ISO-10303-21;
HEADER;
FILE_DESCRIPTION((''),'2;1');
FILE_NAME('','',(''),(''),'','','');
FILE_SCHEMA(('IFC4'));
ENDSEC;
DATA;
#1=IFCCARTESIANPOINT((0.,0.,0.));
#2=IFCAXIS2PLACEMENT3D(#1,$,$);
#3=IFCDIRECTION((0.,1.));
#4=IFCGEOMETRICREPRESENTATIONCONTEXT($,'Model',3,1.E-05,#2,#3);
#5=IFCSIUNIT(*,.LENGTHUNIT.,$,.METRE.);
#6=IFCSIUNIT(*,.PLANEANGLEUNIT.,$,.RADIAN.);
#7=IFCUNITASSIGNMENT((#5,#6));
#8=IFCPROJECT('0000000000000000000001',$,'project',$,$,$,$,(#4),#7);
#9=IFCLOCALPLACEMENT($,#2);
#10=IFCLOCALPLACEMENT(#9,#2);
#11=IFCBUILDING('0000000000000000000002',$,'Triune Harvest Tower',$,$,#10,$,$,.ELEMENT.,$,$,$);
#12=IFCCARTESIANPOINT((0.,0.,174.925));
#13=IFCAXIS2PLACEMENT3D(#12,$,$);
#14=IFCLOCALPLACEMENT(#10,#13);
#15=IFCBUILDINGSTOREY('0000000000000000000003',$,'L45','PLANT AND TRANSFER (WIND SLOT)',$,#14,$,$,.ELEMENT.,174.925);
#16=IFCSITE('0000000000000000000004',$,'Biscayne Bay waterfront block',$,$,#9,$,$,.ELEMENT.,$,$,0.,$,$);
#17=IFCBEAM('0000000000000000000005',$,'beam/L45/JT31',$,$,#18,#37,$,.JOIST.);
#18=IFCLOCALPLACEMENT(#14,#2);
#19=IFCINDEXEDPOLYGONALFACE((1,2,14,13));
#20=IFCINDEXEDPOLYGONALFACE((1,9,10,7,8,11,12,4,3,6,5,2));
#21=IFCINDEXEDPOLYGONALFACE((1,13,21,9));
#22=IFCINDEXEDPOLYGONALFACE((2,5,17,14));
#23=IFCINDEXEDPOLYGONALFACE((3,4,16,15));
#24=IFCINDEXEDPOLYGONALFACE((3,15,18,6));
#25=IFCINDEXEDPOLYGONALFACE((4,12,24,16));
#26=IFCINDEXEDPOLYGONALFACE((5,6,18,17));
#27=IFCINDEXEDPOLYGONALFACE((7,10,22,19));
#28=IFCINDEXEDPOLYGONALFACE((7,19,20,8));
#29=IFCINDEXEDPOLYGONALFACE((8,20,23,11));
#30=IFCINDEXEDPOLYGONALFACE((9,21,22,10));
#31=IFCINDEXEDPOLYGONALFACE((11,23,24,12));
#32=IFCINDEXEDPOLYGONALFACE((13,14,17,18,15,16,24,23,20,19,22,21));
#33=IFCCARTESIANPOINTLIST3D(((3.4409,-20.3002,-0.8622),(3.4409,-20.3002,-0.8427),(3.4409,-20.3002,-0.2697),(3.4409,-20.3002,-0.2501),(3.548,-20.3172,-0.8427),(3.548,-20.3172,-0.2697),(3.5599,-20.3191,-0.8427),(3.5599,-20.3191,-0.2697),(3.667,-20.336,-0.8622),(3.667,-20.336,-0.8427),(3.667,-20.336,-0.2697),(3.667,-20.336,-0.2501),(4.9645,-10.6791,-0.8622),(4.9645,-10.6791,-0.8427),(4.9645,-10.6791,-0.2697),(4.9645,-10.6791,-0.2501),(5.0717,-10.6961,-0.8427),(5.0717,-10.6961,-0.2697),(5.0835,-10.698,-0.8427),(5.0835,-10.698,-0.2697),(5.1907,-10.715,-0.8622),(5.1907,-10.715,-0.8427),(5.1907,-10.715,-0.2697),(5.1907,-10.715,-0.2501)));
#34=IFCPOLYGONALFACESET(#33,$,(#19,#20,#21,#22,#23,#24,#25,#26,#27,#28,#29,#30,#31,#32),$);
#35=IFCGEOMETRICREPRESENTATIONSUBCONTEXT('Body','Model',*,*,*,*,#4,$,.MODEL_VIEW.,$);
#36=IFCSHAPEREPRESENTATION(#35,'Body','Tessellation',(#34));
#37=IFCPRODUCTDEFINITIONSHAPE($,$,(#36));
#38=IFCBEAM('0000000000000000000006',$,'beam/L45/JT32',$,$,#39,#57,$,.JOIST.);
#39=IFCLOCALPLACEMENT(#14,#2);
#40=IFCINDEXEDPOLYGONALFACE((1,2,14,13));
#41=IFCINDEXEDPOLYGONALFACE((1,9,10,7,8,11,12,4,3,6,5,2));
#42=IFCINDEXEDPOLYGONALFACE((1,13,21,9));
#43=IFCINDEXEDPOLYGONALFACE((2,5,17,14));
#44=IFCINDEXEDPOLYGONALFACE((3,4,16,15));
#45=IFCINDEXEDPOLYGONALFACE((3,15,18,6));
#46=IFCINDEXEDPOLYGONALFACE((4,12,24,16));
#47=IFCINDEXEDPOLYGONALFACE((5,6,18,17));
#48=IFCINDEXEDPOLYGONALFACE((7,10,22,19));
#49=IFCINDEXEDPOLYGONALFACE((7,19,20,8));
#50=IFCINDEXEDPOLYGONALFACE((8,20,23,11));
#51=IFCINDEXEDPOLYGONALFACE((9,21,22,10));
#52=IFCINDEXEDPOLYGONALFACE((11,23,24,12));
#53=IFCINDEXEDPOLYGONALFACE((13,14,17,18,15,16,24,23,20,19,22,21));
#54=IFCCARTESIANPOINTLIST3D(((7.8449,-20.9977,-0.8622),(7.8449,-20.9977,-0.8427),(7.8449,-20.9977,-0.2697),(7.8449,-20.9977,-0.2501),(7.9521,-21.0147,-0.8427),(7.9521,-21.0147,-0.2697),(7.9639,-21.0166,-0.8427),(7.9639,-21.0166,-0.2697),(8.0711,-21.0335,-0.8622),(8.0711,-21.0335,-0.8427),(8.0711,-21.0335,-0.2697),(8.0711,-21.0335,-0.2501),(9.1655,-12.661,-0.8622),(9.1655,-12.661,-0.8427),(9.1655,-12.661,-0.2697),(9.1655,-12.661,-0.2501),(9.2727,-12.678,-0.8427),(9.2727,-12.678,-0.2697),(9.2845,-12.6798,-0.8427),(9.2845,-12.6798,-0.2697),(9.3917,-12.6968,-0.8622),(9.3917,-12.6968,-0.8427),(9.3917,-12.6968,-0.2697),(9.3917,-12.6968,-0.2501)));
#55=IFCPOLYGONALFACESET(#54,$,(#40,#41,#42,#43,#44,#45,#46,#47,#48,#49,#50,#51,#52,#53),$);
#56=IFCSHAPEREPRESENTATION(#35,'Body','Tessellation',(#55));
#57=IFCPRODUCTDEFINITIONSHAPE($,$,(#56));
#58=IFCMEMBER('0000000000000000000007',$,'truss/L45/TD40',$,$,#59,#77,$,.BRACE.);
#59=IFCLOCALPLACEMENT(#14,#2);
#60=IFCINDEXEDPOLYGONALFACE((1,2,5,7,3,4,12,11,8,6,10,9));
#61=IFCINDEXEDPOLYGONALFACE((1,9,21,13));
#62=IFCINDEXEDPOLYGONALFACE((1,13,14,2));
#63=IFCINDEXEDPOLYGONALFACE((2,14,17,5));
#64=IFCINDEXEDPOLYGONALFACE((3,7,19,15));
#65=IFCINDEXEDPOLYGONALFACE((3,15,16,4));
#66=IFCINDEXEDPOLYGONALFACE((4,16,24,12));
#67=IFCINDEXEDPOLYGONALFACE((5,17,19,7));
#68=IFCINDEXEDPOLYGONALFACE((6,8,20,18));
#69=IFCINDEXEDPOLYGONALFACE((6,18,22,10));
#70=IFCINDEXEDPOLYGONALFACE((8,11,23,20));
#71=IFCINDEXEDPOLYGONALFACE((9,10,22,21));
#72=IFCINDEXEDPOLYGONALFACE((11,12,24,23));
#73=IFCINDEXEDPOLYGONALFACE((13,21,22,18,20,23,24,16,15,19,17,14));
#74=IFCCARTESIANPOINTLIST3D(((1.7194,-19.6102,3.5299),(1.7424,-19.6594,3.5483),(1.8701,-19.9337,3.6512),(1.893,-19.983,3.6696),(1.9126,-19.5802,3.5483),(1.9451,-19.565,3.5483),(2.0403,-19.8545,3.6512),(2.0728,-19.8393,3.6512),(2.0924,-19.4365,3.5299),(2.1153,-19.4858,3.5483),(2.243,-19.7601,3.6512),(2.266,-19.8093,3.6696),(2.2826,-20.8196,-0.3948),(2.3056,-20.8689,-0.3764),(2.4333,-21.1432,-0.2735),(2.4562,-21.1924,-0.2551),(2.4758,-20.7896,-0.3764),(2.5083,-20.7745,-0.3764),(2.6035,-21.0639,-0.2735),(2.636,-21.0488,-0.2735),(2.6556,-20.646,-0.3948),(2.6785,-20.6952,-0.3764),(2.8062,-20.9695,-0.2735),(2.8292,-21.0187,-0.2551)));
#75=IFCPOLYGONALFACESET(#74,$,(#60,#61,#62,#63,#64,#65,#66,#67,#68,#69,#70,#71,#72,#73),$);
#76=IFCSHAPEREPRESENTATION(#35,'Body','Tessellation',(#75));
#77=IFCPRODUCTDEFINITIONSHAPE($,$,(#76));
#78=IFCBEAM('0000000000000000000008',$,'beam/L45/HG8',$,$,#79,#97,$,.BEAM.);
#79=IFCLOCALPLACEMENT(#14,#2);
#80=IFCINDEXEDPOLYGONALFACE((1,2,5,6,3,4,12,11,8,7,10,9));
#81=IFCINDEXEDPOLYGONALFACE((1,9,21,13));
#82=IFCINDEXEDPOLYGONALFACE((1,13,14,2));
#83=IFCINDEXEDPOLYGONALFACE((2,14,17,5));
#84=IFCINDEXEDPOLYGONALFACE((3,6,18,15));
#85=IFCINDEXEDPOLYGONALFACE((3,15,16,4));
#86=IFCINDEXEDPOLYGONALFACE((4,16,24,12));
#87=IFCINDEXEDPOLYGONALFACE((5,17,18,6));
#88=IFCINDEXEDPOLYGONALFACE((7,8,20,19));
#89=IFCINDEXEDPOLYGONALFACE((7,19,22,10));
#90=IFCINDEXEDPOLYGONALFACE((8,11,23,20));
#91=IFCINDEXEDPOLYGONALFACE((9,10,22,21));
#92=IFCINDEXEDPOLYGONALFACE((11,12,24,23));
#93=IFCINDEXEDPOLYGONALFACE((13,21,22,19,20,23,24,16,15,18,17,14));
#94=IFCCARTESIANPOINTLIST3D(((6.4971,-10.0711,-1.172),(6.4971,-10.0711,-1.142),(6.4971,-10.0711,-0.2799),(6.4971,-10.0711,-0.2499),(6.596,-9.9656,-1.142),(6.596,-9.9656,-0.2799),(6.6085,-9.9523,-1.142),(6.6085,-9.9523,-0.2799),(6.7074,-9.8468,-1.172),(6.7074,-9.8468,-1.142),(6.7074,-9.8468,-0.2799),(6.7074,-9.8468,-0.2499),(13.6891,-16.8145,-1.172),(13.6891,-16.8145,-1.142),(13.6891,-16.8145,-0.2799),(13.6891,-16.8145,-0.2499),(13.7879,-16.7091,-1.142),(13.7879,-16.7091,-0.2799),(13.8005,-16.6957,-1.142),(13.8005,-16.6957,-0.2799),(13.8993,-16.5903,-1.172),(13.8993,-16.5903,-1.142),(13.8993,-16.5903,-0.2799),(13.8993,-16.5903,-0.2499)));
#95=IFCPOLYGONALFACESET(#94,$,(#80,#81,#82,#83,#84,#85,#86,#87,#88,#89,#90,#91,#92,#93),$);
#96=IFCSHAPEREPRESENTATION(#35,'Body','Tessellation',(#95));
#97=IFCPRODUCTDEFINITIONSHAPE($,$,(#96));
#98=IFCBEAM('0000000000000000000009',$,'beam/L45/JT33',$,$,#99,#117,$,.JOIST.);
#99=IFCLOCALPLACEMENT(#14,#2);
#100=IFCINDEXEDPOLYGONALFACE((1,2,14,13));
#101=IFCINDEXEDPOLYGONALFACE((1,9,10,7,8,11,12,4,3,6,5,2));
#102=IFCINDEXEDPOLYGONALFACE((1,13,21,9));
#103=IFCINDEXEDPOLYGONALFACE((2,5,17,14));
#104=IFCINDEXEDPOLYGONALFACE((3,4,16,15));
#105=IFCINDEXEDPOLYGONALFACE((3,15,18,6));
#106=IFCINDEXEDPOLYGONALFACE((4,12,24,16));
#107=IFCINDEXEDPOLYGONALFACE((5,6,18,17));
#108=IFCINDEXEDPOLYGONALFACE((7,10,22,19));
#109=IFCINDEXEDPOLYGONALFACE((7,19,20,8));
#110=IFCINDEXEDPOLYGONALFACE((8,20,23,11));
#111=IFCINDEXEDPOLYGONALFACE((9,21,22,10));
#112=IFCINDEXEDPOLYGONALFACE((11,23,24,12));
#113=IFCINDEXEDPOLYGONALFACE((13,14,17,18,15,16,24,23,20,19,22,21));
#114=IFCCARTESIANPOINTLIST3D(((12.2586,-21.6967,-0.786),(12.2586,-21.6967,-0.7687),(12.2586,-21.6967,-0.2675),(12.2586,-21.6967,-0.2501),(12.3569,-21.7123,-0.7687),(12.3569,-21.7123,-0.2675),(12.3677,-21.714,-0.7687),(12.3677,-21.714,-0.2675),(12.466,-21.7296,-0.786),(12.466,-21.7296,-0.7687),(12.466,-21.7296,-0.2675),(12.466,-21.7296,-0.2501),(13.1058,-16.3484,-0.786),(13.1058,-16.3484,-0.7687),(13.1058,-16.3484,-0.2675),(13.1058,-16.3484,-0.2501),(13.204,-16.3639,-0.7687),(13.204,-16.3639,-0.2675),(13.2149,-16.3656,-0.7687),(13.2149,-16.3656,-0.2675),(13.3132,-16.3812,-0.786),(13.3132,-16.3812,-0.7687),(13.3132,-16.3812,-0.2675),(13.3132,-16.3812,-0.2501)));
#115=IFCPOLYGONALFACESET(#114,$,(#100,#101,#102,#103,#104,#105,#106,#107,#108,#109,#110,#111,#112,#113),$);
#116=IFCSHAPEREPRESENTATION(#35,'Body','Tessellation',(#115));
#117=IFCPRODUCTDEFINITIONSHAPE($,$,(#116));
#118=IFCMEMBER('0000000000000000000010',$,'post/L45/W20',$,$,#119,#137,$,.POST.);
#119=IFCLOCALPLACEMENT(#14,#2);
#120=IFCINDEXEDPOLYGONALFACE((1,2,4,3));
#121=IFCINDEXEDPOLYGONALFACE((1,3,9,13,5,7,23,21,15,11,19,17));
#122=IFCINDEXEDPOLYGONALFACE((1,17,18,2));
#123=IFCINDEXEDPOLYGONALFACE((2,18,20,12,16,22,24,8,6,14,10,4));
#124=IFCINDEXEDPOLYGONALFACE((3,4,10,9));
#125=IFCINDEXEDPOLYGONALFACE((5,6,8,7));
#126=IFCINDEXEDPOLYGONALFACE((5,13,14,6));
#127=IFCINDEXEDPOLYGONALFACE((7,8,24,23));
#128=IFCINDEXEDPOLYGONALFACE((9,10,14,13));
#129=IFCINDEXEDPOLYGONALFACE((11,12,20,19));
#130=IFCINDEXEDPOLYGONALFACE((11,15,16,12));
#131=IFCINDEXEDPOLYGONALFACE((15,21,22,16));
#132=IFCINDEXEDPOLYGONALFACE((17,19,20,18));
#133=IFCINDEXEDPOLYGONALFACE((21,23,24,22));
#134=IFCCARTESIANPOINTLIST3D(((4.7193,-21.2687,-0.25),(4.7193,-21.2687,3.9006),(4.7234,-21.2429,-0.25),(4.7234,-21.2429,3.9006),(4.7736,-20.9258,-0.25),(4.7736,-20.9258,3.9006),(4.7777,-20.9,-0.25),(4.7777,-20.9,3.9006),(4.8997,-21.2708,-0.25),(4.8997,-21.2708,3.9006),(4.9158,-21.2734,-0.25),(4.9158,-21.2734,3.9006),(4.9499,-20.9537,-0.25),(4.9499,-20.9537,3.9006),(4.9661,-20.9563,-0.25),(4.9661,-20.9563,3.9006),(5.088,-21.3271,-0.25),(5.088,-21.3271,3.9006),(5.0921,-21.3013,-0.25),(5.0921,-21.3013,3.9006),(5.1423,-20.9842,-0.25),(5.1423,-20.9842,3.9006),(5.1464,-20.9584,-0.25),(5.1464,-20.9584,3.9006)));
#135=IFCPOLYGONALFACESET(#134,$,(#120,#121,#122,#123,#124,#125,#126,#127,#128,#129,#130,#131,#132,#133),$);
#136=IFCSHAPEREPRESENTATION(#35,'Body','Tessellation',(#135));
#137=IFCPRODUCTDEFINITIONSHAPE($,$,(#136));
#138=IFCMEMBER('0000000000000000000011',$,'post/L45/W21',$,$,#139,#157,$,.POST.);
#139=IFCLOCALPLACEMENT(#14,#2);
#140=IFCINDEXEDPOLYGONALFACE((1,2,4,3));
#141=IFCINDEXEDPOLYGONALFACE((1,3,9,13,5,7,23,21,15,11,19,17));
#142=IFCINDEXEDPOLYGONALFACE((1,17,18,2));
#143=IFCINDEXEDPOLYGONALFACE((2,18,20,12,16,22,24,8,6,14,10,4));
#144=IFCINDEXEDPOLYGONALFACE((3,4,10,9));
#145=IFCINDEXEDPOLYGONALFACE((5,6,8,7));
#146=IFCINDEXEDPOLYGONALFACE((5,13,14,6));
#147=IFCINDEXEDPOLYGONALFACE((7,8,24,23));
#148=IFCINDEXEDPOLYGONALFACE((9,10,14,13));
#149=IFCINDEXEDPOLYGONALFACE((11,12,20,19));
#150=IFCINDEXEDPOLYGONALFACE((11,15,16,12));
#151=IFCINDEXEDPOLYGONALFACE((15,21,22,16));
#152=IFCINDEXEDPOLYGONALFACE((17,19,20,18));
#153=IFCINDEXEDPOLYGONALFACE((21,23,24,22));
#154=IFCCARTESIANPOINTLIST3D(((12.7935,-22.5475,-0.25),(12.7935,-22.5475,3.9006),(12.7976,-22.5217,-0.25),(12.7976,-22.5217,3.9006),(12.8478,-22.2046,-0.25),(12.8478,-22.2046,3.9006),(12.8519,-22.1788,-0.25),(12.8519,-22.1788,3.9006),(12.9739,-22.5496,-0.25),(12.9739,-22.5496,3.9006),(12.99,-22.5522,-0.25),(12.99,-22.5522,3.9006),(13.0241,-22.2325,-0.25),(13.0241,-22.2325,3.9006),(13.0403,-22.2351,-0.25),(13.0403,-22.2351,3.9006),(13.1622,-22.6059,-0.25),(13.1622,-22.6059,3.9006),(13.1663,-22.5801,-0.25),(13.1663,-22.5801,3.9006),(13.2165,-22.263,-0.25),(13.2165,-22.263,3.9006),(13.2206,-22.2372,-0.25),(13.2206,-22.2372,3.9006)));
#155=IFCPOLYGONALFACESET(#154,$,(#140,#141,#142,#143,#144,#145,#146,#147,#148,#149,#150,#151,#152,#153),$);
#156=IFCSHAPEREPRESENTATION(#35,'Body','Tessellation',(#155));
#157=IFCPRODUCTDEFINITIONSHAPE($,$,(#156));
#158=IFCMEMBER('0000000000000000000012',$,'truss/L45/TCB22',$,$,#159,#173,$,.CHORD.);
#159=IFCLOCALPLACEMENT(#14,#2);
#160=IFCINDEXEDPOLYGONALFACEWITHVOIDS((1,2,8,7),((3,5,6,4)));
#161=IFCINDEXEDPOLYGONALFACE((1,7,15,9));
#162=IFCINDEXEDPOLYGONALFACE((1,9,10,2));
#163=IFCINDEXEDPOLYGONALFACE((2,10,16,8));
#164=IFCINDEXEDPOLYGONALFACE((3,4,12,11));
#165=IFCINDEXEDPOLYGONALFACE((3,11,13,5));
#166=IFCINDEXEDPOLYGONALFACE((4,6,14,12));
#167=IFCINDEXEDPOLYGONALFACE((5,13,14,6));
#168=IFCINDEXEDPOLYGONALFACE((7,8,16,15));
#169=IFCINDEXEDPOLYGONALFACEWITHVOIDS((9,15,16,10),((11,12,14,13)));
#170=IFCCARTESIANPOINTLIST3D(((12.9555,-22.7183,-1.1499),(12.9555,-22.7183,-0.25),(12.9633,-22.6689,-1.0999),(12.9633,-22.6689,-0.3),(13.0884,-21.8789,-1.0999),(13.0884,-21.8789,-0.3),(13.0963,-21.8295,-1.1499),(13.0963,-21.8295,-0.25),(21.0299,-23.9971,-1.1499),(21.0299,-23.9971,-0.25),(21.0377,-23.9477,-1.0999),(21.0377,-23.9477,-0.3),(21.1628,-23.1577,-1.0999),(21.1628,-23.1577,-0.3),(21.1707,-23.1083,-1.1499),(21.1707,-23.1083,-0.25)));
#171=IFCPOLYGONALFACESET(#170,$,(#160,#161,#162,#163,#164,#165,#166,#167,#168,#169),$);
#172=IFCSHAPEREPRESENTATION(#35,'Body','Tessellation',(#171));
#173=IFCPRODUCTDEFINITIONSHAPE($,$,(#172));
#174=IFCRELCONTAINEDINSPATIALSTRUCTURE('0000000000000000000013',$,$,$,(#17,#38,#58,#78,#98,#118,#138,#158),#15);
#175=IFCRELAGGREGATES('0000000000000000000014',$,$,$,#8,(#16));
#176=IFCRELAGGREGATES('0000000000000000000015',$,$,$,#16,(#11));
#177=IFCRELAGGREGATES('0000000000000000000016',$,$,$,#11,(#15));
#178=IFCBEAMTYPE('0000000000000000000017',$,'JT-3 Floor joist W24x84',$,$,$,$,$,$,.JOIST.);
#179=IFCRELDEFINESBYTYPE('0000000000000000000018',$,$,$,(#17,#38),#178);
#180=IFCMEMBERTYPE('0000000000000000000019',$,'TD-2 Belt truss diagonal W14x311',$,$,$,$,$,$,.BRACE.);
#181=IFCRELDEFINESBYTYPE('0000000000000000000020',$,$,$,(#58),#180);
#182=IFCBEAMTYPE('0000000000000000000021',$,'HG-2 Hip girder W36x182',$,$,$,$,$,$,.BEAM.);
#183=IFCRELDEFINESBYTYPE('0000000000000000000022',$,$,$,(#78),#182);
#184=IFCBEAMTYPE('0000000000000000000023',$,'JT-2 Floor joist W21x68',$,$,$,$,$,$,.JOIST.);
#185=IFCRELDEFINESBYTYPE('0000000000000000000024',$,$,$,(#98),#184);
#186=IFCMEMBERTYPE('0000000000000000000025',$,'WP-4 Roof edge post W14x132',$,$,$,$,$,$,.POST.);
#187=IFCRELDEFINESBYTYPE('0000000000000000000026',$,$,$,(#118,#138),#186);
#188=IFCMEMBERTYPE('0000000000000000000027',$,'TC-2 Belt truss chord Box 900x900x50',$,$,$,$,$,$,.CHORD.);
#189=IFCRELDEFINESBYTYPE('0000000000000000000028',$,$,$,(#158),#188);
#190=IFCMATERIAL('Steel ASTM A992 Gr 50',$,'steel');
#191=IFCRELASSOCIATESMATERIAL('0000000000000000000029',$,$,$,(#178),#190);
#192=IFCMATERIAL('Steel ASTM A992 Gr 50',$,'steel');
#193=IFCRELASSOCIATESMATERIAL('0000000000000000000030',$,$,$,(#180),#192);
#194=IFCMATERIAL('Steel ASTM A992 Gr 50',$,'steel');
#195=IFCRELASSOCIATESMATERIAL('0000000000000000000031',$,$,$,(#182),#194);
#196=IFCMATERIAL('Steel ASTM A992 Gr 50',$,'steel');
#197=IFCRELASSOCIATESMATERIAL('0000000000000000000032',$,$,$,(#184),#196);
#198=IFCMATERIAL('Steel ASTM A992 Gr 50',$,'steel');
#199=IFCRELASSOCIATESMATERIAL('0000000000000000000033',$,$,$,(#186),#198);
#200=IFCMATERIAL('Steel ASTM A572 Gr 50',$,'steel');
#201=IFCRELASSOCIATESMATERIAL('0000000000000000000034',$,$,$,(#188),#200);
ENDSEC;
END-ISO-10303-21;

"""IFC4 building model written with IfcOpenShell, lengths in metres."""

from ifc_helpers import new_model, si_unit, direction, frame, origin, origin_2d, place, context, subcontext, project, spatial, hollow_rectangle, i_section, extrude, source, transform, mapped, material, material_profile, profile_set, type_object, element, save


model = new_model("IFC4")

# Units and contexts
model_context = context("Model", 3, precision=1e-05, world=origin(), true_north=direction((0.0, 1.0)))
body_context = subcontext(model_context, "Body", "Model", "MODEL_VIEW")
ifc_project = project(units=[si_unit("LENGTHUNIT", "METRE"), si_unit("PLANEANGLEUNIT", "RADIAN")], contexts=[model_context])

# Site, building, storey
site_placement = place(None, origin())
site = spatial("IfcSite", under=ifc_project, at=site_placement, Name="Biscayne Bay waterfront block", CompositionType="ELEMENT", RefElevation=0.0)
building_placement = place(site_placement, origin())
building = spatial("IfcBuilding", under=site, at=building_placement, Name="Triune Harvest Tower", CompositionType="ELEMENT")
storey_placement = place(building_placement, frame((0.0, 0.0, 174.925)))
storey = spatial("IfcBuildingStorey", under=building, at=storey_placement, Name="L45", Description="PLANT AND TRANSFER (WIND SLOT)", CompositionType="ELEMENT", Elevation=174.925)

# Beams
ifc_material_1 = material(Name="Steel ASTM A992 Gr 50", Category="steel")
ifc_material_profile_1 = material_profile(ifc_material_1, i_section(OverallWidth=0.229, OverallDepth=0.6121, WebThickness=0.012, FlangeThickness=0.0195, at=origin_2d()), Name="W24x84")
ifc_profile_set_1 = profile_set([ifc_material_profile_1], Name="Steel ASTM A992 Gr 50")
beam_type_1 = type_object("IfcBeamType", Name="JT-3 Floor joist W24x84", PredefinedType="JOIST", material=ifc_profile_set_1)
beam_1_placement = place(storey_placement, frame((3.554, -20.3181, -0.5562), z_axis=(0.156419, 0.987691, 0.0), x_axis=(-0.987691, 0.156419, 0.0)))
element("IfcBeam", 1, at=beam_1_placement, inside=storey, type_object=beam_type_1, Name="beam/L45/JT31", PredefinedType="JOIST", context=body_context, shape_type="SweptSolid", body=[
    extrude(i_section(OverallWidth=0.229, OverallDepth=0.6121, WebThickness=0.012, FlangeThickness=0.0195, at=origin_2d()), origin(), (0.0, 0.0, 1.0), 9.741),
])
beam_2_placement = place(storey_placement, frame((7.958, -21.0156, -0.5562), z_axis=(0.156453, 0.987685, 0.0), x_axis=(-0.987685, 0.156453, 0.0)))
element("IfcBeam", 2, at=beam_2_placement, inside=storey, type_object=beam_type_1, Name="beam/L45/JT32", PredefinedType="JOIST", context=body_context, shape_type="SweptSolid", body=[
    extrude(i_section(OverallWidth=0.229, OverallDepth=0.6121, WebThickness=0.012, FlangeThickness=0.0195, at=origin_2d()), origin(), (0.0, 0.0, 1.0), 8.4407),
])

# Member
ifc_material_2 = material(Name="Steel ASTM A992 Gr 50", Category="steel")
ifc_material_profile_2 = material_profile(ifc_material_2, i_section(OverallWidth=0.4114, OverallDepth=0.4343, WebThickness=0.0359, FlangeThickness=0.0574, at=origin_2d()), Name="W14x311")
ifc_profile_set_2 = profile_set([ifc_material_profile_2], Name="Steel ASTM A992 Gr 50")
member_type_1 = type_object("IfcMemberType", Name="TD-2 Belt truss diagonal W14x311", PredefinedType="BRACE", material=ifc_profile_set_2)
member_1_placement = place(storey_placement, frame((2.5559, -20.9192, -0.325), z_axis=(-0.13587, 0.291764, 0.946791), x_axis=(-0.906524, -0.422154, 0.0)))
element("IfcMember", 3, at=member_1_placement, inside=storey, type_object=member_type_1, Name="truss/L45/TD40", PredefinedType="BRACE", context=body_context, shape_type="SweptSolid", body=[
    extrude(i_section(OverallWidth=0.4114, OverallDepth=0.4343, WebThickness=0.0359, FlangeThickness=0.0574, at=origin_2d()), origin(), (0.0, 0.0, 1.0), 4.1453),
])

# Beams
ifc_material_3 = material(Name="Steel ASTM A992 Gr 50", Category="steel")
ifc_material_profile_3 = material_profile(ifc_material_3, i_section(OverallWidth=0.3074, OverallDepth=0.9221, WebThickness=0.0183, FlangeThickness=0.03, at=origin_2d()), Name="W36x182")
ifc_profile_set_3 = profile_set([ifc_material_profile_3], Name="Steel ASTM A992 Gr 50")
beam_type_2 = type_object("IfcBeamType", Name="HG-2 Hip girder W36x182", PredefinedType="BEAM", material=ifc_profile_set_3)
shared_shape_1 = source(origin(), body_context, "Body", "SweptSolid", [
    extrude(i_section(OverallWidth=0.3074, OverallDepth=0.9221, WebThickness=0.0183, FlangeThickness=0.03, at=origin_2d()), origin(), (0.0, 0.0, 1.0), 9.8589),
])
beam_3_placement = place(storey_placement, frame((13.7942, -16.7024, -0.7109), z_axis=(-0.729486, 0.683995, 0.0), x_axis=(-0.683995, -0.729486, 0.0)))
element("IfcBeam", 4, at=beam_3_placement, inside=storey, type_object=beam_type_2, Name="beam/L45/HG8", PredefinedType="BEAM", context=body_context, shape_type="MappedRepresentation", body=[
    mapped(shared_shape_1, transform((0.0, 0.0, 0.0), scale=1.0)),
])
ifc_material_4 = material(Name="Steel ASTM A992 Gr 50", Category="steel")
ifc_material_profile_4 = material_profile(ifc_material_4, i_section(OverallWidth=0.21, OverallDepth=0.5359, WebThickness=0.011, FlangeThickness=0.0173, at=origin_2d()), Name="W21x68")
ifc_profile_set_4 = profile_set([ifc_material_profile_4], Name="Steel ASTM A992 Gr 50")
beam_type_3 = type_object("IfcBeamType", Name="JT-2 Floor joist W21x68", PredefinedType="JOIST", material=ifc_profile_set_4)
shared_shape_2 = source(origin(), body_context, "Body", "SweptSolid", [
    extrude(i_section(OverallWidth=0.21, OverallDepth=0.5359, WebThickness=0.011, FlangeThickness=0.0173, at=origin_2d()), origin(), (0.0, 0.0, 1.0), 5.415),
])
beam_4_placement = place(storey_placement, frame((12.3623, -21.7131, -0.5181), z_axis=(0.156446, 0.987686, 0.0), x_axis=(-0.987686, 0.156446, 0.0)))
element("IfcBeam", 5, at=beam_4_placement, inside=storey, type_object=beam_type_3, Name="beam/L45/JT33", PredefinedType="JOIST", context=body_context, shape_type="MappedRepresentation", body=[
    mapped(shared_shape_2, transform((0.0, 0.0, 0.0), scale=1.0)),
])

# Members
ifc_material_5 = material(Name="Steel ASTM A992 Gr 50", Category="steel")
ifc_material_profile_5 = material_profile(ifc_material_5, i_section(OverallWidth=0.3733, OverallDepth=0.3733, WebThickness=0.0164, FlangeThickness=0.0261, at=origin_2d()), Name="W14x132")
ifc_profile_set_5 = profile_set([ifc_material_profile_5], Name="Steel ASTM A992 Gr 50")
member_type_2 = type_object("IfcMemberType", Name="WP-4 Roof edge post W14x132", PredefinedType="POST", material=ifc_profile_set_5)
shared_shape_3 = source(origin(), body_context, "Body", "SweptSolid", [
    extrude(i_section(OverallWidth=0.3733, OverallDepth=0.3733, WebThickness=0.0164, FlangeThickness=0.0261, at=origin_2d()), origin(), (0.0, 0.0, 1.0), 4.1506),
])
for number, where, z_axis, x_axis, name in (
    (6, (4.9329, -21.1135, -0.25), (0.0, 0.0, 1.0), (0.987688, -0.156434, 0.0), "post/L45/W20"),
    (7, (13.0071, -22.3923, -0.25), (0.0, 0.0, 1.0), (0.987688, -0.156434, 0.0), "post/L45/W21"),
):
    element("IfcMember", number, at=place(storey_placement, frame(where, z_axis=z_axis, x_axis=x_axis)), inside=storey, type_object=member_type_2, Name=name, PredefinedType="POST", context=body_context, shape_type="MappedRepresentation", body=[
        mapped(shared_shape_3, transform((0.0, 0.0, 0.0), scale=1.0)),
    ])
ifc_material_6 = material(Name="Steel ASTM A572 Gr 50", Category="steel")
ifc_material_profile_6 = material_profile(ifc_material_6, hollow_rectangle(XDim=0.8999, YDim=0.8999, WallThickness=0.05, at=origin_2d()), Name="Box 900x900x50")
ifc_profile_set_6 = profile_set([ifc_material_profile_6], Name="Steel ASTM A572 Gr 50")
member_type_3 = type_object("IfcMemberType", Name="TC-2 Belt truss chord Box 900x900x50", PredefinedType="CHORD", material=ifc_profile_set_6)
shared_shape_4 = source(origin(), body_context, "Body", "SweptSolid", [
    extrude(hollow_rectangle(XDim=0.8999, YDim=0.8999, WallThickness=0.05, at=origin_2d()), origin(), (0.0, 0.0, 1.0), 8.175),
])
member_2_placement = place(storey_placement, frame((13.0259, -22.2739, -0.7), z_axis=(0.987689, -0.156427, 0.0), x_axis=(0.156427, 0.987689, 0.0)))
element("IfcMember", 8, at=member_2_placement, inside=storey, type_object=member_type_3, Name="truss/L45/TCB22", PredefinedType="CHORD", context=body_context, shape_type="MappedRepresentation", body=[
    mapped(shared_shape_4, transform((0.0, 0.0, 0.0), scale=1.0)),
])

save(model, "model.ifc")
